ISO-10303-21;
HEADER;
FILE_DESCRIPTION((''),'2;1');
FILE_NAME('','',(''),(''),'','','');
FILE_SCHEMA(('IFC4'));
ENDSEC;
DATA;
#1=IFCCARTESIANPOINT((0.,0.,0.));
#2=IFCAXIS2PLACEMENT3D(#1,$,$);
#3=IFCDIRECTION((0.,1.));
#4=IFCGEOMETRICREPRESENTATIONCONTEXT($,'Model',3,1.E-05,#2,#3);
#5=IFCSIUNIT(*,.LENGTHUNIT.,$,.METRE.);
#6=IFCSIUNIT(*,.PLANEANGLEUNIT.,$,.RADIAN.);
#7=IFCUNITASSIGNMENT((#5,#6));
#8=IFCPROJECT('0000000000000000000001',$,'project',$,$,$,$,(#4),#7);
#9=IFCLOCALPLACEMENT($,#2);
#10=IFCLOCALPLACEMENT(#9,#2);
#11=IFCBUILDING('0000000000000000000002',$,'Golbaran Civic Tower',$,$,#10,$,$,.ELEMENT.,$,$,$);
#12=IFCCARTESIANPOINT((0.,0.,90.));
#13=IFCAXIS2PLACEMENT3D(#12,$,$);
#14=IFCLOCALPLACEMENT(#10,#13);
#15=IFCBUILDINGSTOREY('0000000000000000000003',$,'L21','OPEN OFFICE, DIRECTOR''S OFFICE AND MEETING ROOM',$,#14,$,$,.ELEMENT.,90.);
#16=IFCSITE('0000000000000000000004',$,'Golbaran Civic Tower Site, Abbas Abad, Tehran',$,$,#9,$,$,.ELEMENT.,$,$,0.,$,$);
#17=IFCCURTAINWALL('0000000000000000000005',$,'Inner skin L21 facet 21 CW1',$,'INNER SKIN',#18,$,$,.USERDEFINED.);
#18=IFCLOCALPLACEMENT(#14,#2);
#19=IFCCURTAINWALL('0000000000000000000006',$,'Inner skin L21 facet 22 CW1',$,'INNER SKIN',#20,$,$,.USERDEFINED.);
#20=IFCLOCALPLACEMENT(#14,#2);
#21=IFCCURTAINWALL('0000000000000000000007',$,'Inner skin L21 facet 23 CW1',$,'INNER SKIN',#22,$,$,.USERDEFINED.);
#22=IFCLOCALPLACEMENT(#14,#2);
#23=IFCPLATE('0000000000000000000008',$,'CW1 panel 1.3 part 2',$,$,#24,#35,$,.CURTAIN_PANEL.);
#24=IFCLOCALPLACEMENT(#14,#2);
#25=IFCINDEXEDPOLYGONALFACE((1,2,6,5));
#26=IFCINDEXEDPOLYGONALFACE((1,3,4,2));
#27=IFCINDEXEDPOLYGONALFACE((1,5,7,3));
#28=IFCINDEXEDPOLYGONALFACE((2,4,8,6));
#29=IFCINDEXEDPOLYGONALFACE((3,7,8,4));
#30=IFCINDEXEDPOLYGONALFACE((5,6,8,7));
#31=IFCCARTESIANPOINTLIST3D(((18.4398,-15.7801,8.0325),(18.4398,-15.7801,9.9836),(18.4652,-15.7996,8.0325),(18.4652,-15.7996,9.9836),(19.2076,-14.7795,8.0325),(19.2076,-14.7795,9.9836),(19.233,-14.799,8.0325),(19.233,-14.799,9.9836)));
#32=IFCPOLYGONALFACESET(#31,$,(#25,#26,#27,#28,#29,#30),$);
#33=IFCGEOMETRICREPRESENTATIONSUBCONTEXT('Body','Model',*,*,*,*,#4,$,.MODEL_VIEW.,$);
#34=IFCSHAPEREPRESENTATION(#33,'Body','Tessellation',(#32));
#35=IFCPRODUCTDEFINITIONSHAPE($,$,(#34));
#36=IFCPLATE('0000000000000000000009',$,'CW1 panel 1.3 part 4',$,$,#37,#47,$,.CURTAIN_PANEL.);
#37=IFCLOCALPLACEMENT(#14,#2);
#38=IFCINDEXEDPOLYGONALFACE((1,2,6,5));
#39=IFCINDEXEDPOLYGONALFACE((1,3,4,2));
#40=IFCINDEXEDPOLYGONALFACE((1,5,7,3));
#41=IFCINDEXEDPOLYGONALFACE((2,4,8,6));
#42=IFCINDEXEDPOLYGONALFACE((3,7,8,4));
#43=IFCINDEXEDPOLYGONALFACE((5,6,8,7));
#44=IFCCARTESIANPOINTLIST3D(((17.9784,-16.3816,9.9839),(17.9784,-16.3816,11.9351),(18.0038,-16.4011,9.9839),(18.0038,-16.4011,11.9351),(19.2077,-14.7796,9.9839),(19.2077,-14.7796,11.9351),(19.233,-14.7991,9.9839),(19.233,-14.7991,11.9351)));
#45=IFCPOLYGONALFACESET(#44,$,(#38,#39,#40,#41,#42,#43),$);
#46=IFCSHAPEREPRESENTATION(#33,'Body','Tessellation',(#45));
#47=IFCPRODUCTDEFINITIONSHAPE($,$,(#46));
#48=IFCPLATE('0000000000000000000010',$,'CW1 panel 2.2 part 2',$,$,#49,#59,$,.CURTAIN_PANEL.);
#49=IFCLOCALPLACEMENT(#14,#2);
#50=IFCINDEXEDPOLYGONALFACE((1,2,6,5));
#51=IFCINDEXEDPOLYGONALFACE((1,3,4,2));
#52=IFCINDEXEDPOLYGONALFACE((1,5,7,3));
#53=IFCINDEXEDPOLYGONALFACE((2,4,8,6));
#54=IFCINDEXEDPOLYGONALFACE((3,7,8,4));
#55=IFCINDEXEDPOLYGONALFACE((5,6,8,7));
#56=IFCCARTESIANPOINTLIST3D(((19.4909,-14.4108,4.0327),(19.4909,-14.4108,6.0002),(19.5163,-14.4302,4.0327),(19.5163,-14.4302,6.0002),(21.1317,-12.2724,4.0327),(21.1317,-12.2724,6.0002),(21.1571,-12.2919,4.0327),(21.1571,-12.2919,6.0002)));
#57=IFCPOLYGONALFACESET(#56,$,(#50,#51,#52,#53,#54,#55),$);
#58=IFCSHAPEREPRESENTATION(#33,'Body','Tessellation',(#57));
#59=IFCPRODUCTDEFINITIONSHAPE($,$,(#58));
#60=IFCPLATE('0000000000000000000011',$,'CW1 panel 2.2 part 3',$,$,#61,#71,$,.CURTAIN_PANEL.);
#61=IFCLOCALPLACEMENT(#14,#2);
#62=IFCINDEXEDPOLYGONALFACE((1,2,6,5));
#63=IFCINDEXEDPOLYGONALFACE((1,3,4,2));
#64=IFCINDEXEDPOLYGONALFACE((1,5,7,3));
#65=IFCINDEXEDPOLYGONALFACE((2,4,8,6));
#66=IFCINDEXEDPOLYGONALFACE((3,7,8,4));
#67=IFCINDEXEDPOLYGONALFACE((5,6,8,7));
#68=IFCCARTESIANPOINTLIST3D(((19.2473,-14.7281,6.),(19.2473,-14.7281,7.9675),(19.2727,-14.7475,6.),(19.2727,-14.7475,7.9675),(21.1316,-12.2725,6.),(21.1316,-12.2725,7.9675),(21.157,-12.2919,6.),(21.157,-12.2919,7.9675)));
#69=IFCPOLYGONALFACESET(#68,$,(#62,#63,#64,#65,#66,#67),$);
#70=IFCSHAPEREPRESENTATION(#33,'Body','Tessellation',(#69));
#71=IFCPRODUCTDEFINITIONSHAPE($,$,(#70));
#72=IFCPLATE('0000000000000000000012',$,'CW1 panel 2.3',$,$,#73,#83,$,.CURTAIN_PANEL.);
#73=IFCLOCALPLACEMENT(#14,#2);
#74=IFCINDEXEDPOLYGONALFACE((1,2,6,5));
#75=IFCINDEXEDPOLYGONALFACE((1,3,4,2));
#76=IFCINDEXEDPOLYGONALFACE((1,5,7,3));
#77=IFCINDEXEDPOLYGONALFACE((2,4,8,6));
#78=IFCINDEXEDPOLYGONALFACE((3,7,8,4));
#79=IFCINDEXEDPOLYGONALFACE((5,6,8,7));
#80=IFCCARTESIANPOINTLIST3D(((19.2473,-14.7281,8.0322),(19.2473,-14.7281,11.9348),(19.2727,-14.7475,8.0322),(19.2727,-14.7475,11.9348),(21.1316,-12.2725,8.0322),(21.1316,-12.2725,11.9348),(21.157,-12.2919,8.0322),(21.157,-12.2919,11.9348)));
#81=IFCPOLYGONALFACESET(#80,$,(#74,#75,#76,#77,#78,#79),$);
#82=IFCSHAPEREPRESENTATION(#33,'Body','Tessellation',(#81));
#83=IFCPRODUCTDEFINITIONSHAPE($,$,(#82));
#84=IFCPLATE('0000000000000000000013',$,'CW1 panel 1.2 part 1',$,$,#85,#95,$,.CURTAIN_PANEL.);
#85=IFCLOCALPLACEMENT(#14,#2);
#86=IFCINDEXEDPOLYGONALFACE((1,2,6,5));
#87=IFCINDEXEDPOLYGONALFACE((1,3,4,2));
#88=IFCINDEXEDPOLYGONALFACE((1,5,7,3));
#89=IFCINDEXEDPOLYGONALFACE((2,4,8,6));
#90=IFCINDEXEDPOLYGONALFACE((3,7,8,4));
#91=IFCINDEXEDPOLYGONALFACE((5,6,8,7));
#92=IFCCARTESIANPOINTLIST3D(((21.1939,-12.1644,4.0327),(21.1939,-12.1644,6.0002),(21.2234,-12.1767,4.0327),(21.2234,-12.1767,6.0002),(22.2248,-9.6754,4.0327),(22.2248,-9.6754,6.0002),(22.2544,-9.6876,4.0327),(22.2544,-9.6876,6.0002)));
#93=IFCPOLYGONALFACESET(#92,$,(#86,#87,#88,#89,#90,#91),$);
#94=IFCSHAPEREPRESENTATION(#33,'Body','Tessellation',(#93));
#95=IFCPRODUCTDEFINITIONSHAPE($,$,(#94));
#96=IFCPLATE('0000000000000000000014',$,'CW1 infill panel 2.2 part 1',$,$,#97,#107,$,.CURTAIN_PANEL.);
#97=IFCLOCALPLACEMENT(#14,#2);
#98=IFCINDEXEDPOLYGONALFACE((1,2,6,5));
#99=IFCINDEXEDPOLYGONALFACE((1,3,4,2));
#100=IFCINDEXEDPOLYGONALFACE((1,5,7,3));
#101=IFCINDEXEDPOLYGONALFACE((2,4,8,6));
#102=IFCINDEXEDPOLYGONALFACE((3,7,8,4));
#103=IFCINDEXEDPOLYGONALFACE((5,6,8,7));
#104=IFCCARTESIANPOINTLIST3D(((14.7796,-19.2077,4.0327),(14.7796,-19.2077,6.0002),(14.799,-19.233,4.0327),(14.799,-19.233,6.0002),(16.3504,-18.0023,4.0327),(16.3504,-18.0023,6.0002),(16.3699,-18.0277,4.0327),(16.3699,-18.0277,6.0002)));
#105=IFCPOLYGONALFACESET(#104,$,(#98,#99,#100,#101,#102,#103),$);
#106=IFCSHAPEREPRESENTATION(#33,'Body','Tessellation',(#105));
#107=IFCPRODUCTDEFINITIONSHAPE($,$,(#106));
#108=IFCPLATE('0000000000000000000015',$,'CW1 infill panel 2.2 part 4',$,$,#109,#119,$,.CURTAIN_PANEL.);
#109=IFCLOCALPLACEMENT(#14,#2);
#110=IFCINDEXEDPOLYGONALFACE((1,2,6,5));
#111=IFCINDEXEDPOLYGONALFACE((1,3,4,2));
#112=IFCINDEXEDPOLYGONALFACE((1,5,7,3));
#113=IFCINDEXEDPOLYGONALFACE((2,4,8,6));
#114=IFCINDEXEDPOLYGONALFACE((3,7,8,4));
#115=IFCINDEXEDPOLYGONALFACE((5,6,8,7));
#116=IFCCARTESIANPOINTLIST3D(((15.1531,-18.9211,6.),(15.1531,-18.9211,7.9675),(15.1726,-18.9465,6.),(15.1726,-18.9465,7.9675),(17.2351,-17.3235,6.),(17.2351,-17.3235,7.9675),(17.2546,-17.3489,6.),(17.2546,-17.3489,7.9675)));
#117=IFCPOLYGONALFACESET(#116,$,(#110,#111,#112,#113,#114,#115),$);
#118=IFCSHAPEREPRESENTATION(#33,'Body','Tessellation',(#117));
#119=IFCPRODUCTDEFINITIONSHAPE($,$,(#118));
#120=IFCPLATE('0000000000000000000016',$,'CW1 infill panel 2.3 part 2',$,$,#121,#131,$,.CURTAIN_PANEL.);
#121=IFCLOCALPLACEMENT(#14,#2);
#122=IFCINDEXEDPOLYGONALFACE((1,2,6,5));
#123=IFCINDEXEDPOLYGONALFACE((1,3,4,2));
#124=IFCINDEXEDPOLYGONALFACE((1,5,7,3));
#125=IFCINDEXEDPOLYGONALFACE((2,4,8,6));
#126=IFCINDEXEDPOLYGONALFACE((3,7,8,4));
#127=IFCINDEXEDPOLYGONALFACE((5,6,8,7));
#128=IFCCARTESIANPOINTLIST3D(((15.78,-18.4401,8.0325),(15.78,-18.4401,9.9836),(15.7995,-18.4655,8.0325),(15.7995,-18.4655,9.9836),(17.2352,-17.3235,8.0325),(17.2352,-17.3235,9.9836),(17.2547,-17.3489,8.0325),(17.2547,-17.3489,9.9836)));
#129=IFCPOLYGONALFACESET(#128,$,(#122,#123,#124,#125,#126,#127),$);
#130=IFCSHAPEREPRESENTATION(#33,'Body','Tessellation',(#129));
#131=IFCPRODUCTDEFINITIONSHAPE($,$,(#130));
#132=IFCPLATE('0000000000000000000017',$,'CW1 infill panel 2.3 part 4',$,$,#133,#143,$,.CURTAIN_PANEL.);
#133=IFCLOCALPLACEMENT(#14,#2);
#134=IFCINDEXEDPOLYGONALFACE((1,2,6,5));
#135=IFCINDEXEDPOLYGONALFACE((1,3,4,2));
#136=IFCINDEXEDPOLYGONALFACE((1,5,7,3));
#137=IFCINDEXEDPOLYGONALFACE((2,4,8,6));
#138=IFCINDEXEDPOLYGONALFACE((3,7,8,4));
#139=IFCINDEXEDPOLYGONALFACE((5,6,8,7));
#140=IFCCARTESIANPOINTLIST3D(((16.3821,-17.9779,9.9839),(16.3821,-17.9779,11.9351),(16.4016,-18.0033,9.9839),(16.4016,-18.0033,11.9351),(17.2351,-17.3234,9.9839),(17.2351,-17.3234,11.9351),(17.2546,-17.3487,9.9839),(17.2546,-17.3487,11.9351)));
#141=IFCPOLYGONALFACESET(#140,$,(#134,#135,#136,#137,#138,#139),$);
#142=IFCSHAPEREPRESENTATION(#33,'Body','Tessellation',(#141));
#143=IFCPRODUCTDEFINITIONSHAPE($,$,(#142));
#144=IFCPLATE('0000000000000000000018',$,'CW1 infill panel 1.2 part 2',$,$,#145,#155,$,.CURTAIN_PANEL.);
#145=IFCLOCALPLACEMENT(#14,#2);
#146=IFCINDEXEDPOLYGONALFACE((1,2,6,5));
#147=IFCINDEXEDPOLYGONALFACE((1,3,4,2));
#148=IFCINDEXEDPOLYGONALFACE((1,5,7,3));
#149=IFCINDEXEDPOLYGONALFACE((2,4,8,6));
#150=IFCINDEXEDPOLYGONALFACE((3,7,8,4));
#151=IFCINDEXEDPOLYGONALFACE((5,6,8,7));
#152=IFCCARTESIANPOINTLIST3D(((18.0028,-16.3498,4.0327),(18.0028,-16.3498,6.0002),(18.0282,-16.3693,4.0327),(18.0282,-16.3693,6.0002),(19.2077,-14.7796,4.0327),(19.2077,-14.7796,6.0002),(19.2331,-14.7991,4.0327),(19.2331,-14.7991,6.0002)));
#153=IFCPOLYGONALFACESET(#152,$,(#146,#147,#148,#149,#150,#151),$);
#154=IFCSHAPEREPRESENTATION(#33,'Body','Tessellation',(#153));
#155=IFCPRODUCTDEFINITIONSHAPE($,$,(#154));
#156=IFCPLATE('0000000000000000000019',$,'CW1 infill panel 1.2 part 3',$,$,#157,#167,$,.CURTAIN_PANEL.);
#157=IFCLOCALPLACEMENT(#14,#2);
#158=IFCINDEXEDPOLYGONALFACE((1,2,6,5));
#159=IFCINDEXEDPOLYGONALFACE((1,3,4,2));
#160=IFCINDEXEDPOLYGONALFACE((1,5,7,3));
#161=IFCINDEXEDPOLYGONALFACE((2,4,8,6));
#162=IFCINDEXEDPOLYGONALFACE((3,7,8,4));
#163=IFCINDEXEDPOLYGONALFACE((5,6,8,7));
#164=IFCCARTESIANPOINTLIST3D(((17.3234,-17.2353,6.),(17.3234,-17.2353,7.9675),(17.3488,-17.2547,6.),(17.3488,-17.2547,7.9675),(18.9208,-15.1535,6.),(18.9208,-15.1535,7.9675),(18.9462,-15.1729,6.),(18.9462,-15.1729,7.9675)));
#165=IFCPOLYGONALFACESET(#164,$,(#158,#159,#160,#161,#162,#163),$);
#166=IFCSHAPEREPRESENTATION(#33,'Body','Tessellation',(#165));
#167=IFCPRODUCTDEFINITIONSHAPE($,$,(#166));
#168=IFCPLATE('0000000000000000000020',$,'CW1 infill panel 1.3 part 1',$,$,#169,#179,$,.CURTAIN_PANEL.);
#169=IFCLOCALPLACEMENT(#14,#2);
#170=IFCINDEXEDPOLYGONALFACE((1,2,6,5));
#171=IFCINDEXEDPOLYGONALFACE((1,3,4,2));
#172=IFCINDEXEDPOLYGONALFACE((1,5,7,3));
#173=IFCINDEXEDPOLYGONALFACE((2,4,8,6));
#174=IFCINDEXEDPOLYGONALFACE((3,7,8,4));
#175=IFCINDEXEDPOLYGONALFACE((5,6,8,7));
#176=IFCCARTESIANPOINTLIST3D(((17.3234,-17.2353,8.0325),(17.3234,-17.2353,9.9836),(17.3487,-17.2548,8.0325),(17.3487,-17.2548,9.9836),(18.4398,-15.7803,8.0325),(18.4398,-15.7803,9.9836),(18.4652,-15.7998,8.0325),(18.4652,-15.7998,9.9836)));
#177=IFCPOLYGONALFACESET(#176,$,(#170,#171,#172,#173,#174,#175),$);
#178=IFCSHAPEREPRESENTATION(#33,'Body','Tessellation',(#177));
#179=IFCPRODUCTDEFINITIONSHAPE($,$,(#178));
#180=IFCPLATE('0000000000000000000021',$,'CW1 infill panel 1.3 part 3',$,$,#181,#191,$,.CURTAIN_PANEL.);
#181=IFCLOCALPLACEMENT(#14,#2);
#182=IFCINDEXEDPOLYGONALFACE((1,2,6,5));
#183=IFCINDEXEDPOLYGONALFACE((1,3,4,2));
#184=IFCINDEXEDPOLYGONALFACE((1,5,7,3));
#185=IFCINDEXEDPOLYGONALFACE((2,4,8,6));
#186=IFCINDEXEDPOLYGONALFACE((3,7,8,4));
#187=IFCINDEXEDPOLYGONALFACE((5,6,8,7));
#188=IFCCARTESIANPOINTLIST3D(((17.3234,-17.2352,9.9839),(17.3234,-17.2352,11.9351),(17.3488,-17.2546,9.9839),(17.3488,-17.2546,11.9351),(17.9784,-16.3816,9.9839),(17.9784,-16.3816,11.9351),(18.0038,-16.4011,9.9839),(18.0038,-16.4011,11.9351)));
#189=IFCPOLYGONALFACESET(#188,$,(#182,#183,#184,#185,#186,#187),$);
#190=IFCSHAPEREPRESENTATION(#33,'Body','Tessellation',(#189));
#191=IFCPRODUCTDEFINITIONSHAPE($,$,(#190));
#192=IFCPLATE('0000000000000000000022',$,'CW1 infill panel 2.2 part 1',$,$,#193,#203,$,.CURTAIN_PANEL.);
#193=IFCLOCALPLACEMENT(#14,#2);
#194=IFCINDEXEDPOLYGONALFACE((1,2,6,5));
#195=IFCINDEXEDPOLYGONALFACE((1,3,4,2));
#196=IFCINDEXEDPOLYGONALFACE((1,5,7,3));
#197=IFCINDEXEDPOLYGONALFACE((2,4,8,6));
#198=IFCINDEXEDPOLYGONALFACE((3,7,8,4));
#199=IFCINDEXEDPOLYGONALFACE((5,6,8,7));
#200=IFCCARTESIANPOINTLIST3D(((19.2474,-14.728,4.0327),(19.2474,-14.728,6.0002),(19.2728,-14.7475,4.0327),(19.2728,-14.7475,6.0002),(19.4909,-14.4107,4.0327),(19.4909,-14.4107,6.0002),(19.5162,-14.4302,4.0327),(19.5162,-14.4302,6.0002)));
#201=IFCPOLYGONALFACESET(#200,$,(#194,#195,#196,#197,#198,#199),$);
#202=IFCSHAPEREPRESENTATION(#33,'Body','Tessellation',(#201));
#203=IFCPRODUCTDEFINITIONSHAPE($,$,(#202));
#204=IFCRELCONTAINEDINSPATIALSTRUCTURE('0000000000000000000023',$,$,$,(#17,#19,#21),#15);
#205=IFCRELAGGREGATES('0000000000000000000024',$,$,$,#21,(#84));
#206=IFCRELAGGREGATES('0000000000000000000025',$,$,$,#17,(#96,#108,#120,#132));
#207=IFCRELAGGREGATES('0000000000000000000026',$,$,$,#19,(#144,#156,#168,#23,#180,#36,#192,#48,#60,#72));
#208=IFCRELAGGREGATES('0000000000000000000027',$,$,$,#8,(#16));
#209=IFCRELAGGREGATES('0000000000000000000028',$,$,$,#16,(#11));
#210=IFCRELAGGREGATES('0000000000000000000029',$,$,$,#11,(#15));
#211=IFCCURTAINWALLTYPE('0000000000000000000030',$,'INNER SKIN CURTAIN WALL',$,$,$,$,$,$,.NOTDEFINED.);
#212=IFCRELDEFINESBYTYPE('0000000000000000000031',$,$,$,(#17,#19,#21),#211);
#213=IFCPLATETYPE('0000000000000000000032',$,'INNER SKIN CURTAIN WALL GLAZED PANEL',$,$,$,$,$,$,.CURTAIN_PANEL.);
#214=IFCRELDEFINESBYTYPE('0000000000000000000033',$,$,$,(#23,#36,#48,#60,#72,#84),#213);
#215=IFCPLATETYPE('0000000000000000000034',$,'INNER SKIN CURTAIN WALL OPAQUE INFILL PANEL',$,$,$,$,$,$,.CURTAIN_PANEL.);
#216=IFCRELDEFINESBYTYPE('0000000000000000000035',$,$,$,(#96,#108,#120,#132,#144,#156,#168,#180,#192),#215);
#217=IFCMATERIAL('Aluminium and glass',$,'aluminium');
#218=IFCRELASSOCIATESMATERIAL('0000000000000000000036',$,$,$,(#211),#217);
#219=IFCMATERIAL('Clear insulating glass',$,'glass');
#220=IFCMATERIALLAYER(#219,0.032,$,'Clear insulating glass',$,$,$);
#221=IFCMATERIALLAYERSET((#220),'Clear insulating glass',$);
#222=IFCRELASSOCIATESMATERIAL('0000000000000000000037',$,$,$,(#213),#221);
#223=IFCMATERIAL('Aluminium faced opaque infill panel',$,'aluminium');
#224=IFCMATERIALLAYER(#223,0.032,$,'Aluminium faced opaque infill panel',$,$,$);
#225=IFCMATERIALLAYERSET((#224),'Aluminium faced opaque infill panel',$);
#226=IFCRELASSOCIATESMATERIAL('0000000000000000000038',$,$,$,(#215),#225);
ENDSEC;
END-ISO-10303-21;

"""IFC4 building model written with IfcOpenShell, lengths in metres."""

from ifc_helpers import new_model, si_unit, direction, frame, origin, origin_2d, place, context, subcontext, project, spatial, rectangle, extrude, material, layer, layer_set, type_object, element, aggregate, save


model = new_model("IFC4")

# Units and contexts
model_context = context("Model", 3, precision=1e-05, world=origin(), true_north=direction((0.0, 1.0)))
body_context = subcontext(model_context, "Body", "Model", "MODEL_VIEW")
ifc_project = project(units=[si_unit("LENGTHUNIT", "METRE"), si_unit("PLANEANGLEUNIT", "RADIAN")], contexts=[model_context])

# Site, building, storey
site_placement = place(None, origin())
site = spatial("IfcSite", under=ifc_project, at=site_placement, Name="Golbaran Civic Tower Site, Abbas Abad, Tehran", CompositionType="ELEMENT", RefElevation=0.0)
building_placement = place(site_placement, origin())
building = spatial("IfcBuilding", under=site, at=building_placement, Name="Golbaran Civic Tower", CompositionType="ELEMENT")
storey_placement = place(building_placement, frame((0.0, 0.0, 90.0)))
storey = spatial("IfcBuildingStorey", under=building, at=storey_placement, Name="L21", Description="OPEN OFFICE, DIRECTOR'S OFFICE AND MEETING ROOM", CompositionType="ELEMENT", Elevation=90.0)

# Curtain walls
ifc_material_1 = material(Name="Aluminium and glass", Category="aluminium")
curtain_wall_type = type_object("IfcCurtainWallType", Name="INNER SKIN CURTAIN WALL", PredefinedType="NOTDEFINED", material=ifc_material_1)
curtain_wall_1_placement = place(storey_placement, origin())
curtain_wall_1 = element("IfcCurtainWall", 1, at=curtain_wall_1_placement, inside=storey, type_object=curtain_wall_type, Name="Inner skin L21 facet 21 CW1", ObjectType="INNER SKIN", PredefinedType="USERDEFINED")
curtain_wall_2_placement = place(storey_placement, origin())
curtain_wall_2 = element("IfcCurtainWall", 2, at=curtain_wall_2_placement, inside=storey, type_object=curtain_wall_type, Name="Inner skin L21 facet 22 CW1", ObjectType="INNER SKIN", PredefinedType="USERDEFINED")
curtain_wall_3_placement = place(storey_placement, origin())
curtain_wall_3 = element("IfcCurtainWall", 3, at=curtain_wall_3_placement, inside=storey, type_object=curtain_wall_type, Name="Inner skin L21 facet 23 CW1", ObjectType="INNER SKIN", PredefinedType="USERDEFINED")

# Plates
ifc_material_2 = material(Name="Clear insulating glass", Category="glass")
ifc_layer_1 = layer(ifc_material_2, 0.032, Name="Clear insulating glass")
ifc_layer_set_1 = layer_set([ifc_layer_1], Name="Clear insulating glass")
plate_type_1 = type_object("IfcPlateType", Name="INNER SKIN CURTAIN WALL GLAZED PANEL", PredefinedType="CURTAIN_PANEL", material=ifc_layer_set_1)
plate_1_placement = place(storey_placement, frame((18.8364, -15.2896, 8.0325), z_axis=(0.0, 0.0, 1.0), x_axis=(0.608761, 0.793353, 0.0)))
plate_1 = element("IfcPlate", 4, at=plate_1_placement, type_object=plate_type_1, Name="CW1 panel 1.3 part 2", PredefinedType="CURTAIN_PANEL", context=body_context, shape_type="SweptSolid", body=[
    extrude(rectangle(XDim=1.2612, YDim=0.032, at=origin_2d()), origin(), (0.0, 0.0, 1.0), 1.9512),
])
plate_2_placement = place(storey_placement, frame((18.6057, -15.5903, 9.9839), z_axis=(0.0, 0.0, 1.0), x_axis=(0.608761, 0.793353, 0.0)))
plate_2 = element("IfcPlate", 5, at=plate_2_placement, type_object=plate_type_1, Name="CW1 panel 1.3 part 4", PredefinedType="CURTAIN_PANEL", context=body_context, shape_type="SweptSolid", body=[
    extrude(rectangle(XDim=2.0193, YDim=0.032, at=origin_2d()), origin(), (0.0, 0.0, 1.0), 1.9512),
])
plate_3_placement = place(storey_placement, frame((20.324, -13.3513, 4.0327), z_axis=(0.0, 0.0, 1.0), x_axis=(0.608761, 0.793353, 0.0)))
plate_3 = element("IfcPlate", 6, at=plate_3_placement, type_object=plate_type_1, Name="CW1 panel 2.2 part 2", PredefinedType="CURTAIN_PANEL", context=body_context, shape_type="SweptSolid", body=[
    extrude(rectangle(XDim=2.6953, YDim=0.032, at=origin_2d()), origin(), (0.0, 0.0, 1.0), 1.9675),
])
plate_4_placement = place(storey_placement, frame((20.2021, -13.51, 6.0), z_axis=(0.0, 0.0, 1.0), x_axis=(0.608761, 0.793353, 0.0)))
plate_4 = element("IfcPlate", 7, at=plate_4_placement, type_object=plate_type_1, Name="CW1 panel 2.2 part 3", PredefinedType="CURTAIN_PANEL", context=body_context, shape_type="SweptSolid", body=[
    extrude(rectangle(XDim=3.0952, YDim=0.032, at=origin_2d()), origin(), (0.0, 0.0, 1.0), 1.9675),
])
plate_5_placement = place(storey_placement, frame((20.2021, -13.51, 8.0322), z_axis=(0.0, 0.0, 1.0), x_axis=(0.608761, 0.793353, 0.0)))
plate_5 = element("IfcPlate", 8, at=plate_5_placement, type_object=plate_type_1, Name="CW1 panel 2.3", PredefinedType="CURTAIN_PANEL", context=body_context, shape_type="SweptSolid", body=[
    extrude(rectangle(XDim=3.0952, YDim=0.032, at=origin_2d()), origin(), (0.0, 0.0, 1.0), 3.9026),
])
plate_6_placement = place(storey_placement, frame((21.7241, -10.926, 4.0327), z_axis=(0.0, 0.0, 1.0), x_axis=(0.382683, 0.92388, 0.0)))
plate_6 = element("IfcPlate", 9, at=plate_6_placement, type_object=plate_type_1, Name="CW1 panel 1.2 part 1", PredefinedType="CURTAIN_PANEL", context=body_context, shape_type="SweptSolid", body=[
    extrude(rectangle(XDim=2.6941, YDim=0.032, at=origin_2d()), origin(), (0.0, 0.0, 1.0), 1.9675),
])
aggregate(curtain_wall_3, [plate_6])
ifc_material_3 = material(Name="Aluminium faced opaque infill panel", Category="aluminium")
ifc_layer_2 = layer(ifc_material_3, 0.032, Name="Aluminium faced opaque infill panel")
ifc_layer_set_2 = layer_set([ifc_layer_2], Name="Aluminium faced opaque infill panel")
plate_type_2 = type_object("IfcPlateType", Name="INNER SKIN CURTAIN WALL OPAQUE INFILL PANEL", PredefinedType="CURTAIN_PANEL", material=ifc_layer_set_2)
plate_7_placement = place(storey_placement, frame((15.5747, -18.6177, 4.0327), z_axis=(0.0, 0.0, 1.0), x_axis=(0.793353, 0.608761, 0.0)))
plate_7 = element("IfcPlate", 10, at=plate_7_placement, type_object=plate_type_2, Name="CW1 infill panel 2.2 part 1", PredefinedType="CURTAIN_PANEL", context=body_context, shape_type="SweptSolid", body=[
    extrude(rectangle(XDim=1.98, YDim=0.032, at=origin_2d()), origin(), (0.0, 0.0, 1.0), 1.9675),
])
plate_8_placement = place(storey_placement, frame((16.2039, -18.135, 6.0), z_axis=(0.0, 0.0, 1.0), x_axis=(0.793353, 0.608761, 0.0)))
plate_8 = element("IfcPlate", 11, at=plate_8_placement, type_object=plate_type_2, Name="CW1 infill panel 2.2 part 4", PredefinedType="CURTAIN_PANEL", context=body_context, shape_type="SweptSolid", body=[
    extrude(rectangle(XDim=2.6243, YDim=0.032, at=origin_2d()), origin(), (0.0, 0.0, 1.0), 1.9675),
])
plate_9_placement = place(storey_placement, frame((16.5173, -17.8945, 8.0325), z_axis=(0.0, 0.0, 1.0), x_axis=(0.793353, 0.608761, 0.0)))
plate_9 = element("IfcPlate", 12, at=plate_9_placement, type_object=plate_type_2, Name="CW1 infill panel 2.3 part 2", PredefinedType="CURTAIN_PANEL", context=body_context, shape_type="SweptSolid", body=[
    extrude(rectangle(XDim=1.8342, YDim=0.032, at=origin_2d()), origin(), (0.0, 0.0, 1.0), 1.9512),
])
plate_10_placement = place(storey_placement, frame((16.8184, -17.6633, 9.9839), z_axis=(0.0, 0.0, 1.0), x_axis=(0.793353, 0.608761, 0.0)))
plate_10 = element("IfcPlate", 13, at=plate_10_placement, type_object=plate_type_2, Name="CW1 infill panel 2.3 part 4", PredefinedType="CURTAIN_PANEL", context=body_context, shape_type="SweptSolid", body=[
    extrude(rectangle(XDim=1.0752, YDim=0.032, at=origin_2d()), origin(), (0.0, 0.0, 1.0), 1.9512),
])
aggregate(curtain_wall_1, [plate_7, plate_8, plate_9, plate_10])
plate_11_placement = place(storey_placement, frame((18.6179, -15.5745, 4.0327), z_axis=(0.0, 0.0, 1.0), x_axis=(0.608761, 0.793353, 0.0)))
plate_11 = element("IfcPlate", 14, at=plate_11_placement, type_object=plate_type_2, Name="CW1 infill panel 1.2 part 2", PredefinedType="CURTAIN_PANEL", context=body_context, shape_type="SweptSolid", body=[
    extrude(rectangle(XDim=1.9792, YDim=0.032, at=origin_2d()), origin(), (0.0, 0.0, 1.0), 1.9675),
])
plate_12_placement = place(storey_placement, frame((18.1348, -16.2041, 6.0), z_axis=(0.0, 0.0, 1.0), x_axis=(0.608761, 0.793353, 0.0)))
plate_12 = element("IfcPlate", 15, at=plate_12_placement, type_object=plate_type_2, Name="CW1 infill panel 1.2 part 3", PredefinedType="CURTAIN_PANEL", context=body_context, shape_type="SweptSolid", body=[
    extrude(rectangle(XDim=2.624, YDim=0.032, at=origin_2d()), origin(), (0.0, 0.0, 1.0), 1.9675),
])
plate_13_placement = place(storey_placement, frame((17.8943, -16.5176, 8.0325), z_axis=(0.0, 0.0, 1.0), x_axis=(0.608761, 0.793353, 0.0)))
plate_13 = element("IfcPlate", 16, at=plate_13_placement, type_object=plate_type_2, Name="CW1 infill panel 1.3 part 1", PredefinedType="CURTAIN_PANEL", context=body_context, shape_type="SweptSolid", body=[
    extrude(rectangle(XDim=1.834, YDim=0.032, at=origin_2d()), origin(), (0.0, 0.0, 1.0), 1.9512),
])
plate_14_placement = place(storey_placement, frame((17.6636, -16.8181, 9.9839), z_axis=(0.0, 0.0, 1.0), x_axis=(0.608761, 0.793353, 0.0)))
plate_14 = element("IfcPlate", 17, at=plate_14_placement, type_object=plate_type_2, Name="CW1 infill panel 1.3 part 3", PredefinedType="CURTAIN_PANEL", context=body_context, shape_type="SweptSolid", body=[
    extrude(rectangle(XDim=1.0759, YDim=0.032, at=origin_2d()), origin(), (0.0, 0.0, 1.0), 1.9512),
])
plate_15_placement = place(storey_placement, frame((19.3818, -14.5791, 4.0327), z_axis=(0.0, 0.0, 1.0), x_axis=(0.608761, 0.793353, 0.0)))
plate_15 = element("IfcPlate", 18, at=plate_15_placement, type_object=plate_type_2, Name="CW1 infill panel 2.2 part 1", PredefinedType="CURTAIN_PANEL", context=body_context, shape_type="SweptSolid", body=[
    extrude(rectangle(XDim=0.3999, YDim=0.032, at=origin_2d()), origin(), (0.0, 0.0, 1.0), 1.9675),
])
aggregate(curtain_wall_2, [plate_11, plate_12, plate_13, plate_1, plate_14, plate_2, plate_15, plate_3, plate_4, plate_5])

save(model, "model.ifc")
